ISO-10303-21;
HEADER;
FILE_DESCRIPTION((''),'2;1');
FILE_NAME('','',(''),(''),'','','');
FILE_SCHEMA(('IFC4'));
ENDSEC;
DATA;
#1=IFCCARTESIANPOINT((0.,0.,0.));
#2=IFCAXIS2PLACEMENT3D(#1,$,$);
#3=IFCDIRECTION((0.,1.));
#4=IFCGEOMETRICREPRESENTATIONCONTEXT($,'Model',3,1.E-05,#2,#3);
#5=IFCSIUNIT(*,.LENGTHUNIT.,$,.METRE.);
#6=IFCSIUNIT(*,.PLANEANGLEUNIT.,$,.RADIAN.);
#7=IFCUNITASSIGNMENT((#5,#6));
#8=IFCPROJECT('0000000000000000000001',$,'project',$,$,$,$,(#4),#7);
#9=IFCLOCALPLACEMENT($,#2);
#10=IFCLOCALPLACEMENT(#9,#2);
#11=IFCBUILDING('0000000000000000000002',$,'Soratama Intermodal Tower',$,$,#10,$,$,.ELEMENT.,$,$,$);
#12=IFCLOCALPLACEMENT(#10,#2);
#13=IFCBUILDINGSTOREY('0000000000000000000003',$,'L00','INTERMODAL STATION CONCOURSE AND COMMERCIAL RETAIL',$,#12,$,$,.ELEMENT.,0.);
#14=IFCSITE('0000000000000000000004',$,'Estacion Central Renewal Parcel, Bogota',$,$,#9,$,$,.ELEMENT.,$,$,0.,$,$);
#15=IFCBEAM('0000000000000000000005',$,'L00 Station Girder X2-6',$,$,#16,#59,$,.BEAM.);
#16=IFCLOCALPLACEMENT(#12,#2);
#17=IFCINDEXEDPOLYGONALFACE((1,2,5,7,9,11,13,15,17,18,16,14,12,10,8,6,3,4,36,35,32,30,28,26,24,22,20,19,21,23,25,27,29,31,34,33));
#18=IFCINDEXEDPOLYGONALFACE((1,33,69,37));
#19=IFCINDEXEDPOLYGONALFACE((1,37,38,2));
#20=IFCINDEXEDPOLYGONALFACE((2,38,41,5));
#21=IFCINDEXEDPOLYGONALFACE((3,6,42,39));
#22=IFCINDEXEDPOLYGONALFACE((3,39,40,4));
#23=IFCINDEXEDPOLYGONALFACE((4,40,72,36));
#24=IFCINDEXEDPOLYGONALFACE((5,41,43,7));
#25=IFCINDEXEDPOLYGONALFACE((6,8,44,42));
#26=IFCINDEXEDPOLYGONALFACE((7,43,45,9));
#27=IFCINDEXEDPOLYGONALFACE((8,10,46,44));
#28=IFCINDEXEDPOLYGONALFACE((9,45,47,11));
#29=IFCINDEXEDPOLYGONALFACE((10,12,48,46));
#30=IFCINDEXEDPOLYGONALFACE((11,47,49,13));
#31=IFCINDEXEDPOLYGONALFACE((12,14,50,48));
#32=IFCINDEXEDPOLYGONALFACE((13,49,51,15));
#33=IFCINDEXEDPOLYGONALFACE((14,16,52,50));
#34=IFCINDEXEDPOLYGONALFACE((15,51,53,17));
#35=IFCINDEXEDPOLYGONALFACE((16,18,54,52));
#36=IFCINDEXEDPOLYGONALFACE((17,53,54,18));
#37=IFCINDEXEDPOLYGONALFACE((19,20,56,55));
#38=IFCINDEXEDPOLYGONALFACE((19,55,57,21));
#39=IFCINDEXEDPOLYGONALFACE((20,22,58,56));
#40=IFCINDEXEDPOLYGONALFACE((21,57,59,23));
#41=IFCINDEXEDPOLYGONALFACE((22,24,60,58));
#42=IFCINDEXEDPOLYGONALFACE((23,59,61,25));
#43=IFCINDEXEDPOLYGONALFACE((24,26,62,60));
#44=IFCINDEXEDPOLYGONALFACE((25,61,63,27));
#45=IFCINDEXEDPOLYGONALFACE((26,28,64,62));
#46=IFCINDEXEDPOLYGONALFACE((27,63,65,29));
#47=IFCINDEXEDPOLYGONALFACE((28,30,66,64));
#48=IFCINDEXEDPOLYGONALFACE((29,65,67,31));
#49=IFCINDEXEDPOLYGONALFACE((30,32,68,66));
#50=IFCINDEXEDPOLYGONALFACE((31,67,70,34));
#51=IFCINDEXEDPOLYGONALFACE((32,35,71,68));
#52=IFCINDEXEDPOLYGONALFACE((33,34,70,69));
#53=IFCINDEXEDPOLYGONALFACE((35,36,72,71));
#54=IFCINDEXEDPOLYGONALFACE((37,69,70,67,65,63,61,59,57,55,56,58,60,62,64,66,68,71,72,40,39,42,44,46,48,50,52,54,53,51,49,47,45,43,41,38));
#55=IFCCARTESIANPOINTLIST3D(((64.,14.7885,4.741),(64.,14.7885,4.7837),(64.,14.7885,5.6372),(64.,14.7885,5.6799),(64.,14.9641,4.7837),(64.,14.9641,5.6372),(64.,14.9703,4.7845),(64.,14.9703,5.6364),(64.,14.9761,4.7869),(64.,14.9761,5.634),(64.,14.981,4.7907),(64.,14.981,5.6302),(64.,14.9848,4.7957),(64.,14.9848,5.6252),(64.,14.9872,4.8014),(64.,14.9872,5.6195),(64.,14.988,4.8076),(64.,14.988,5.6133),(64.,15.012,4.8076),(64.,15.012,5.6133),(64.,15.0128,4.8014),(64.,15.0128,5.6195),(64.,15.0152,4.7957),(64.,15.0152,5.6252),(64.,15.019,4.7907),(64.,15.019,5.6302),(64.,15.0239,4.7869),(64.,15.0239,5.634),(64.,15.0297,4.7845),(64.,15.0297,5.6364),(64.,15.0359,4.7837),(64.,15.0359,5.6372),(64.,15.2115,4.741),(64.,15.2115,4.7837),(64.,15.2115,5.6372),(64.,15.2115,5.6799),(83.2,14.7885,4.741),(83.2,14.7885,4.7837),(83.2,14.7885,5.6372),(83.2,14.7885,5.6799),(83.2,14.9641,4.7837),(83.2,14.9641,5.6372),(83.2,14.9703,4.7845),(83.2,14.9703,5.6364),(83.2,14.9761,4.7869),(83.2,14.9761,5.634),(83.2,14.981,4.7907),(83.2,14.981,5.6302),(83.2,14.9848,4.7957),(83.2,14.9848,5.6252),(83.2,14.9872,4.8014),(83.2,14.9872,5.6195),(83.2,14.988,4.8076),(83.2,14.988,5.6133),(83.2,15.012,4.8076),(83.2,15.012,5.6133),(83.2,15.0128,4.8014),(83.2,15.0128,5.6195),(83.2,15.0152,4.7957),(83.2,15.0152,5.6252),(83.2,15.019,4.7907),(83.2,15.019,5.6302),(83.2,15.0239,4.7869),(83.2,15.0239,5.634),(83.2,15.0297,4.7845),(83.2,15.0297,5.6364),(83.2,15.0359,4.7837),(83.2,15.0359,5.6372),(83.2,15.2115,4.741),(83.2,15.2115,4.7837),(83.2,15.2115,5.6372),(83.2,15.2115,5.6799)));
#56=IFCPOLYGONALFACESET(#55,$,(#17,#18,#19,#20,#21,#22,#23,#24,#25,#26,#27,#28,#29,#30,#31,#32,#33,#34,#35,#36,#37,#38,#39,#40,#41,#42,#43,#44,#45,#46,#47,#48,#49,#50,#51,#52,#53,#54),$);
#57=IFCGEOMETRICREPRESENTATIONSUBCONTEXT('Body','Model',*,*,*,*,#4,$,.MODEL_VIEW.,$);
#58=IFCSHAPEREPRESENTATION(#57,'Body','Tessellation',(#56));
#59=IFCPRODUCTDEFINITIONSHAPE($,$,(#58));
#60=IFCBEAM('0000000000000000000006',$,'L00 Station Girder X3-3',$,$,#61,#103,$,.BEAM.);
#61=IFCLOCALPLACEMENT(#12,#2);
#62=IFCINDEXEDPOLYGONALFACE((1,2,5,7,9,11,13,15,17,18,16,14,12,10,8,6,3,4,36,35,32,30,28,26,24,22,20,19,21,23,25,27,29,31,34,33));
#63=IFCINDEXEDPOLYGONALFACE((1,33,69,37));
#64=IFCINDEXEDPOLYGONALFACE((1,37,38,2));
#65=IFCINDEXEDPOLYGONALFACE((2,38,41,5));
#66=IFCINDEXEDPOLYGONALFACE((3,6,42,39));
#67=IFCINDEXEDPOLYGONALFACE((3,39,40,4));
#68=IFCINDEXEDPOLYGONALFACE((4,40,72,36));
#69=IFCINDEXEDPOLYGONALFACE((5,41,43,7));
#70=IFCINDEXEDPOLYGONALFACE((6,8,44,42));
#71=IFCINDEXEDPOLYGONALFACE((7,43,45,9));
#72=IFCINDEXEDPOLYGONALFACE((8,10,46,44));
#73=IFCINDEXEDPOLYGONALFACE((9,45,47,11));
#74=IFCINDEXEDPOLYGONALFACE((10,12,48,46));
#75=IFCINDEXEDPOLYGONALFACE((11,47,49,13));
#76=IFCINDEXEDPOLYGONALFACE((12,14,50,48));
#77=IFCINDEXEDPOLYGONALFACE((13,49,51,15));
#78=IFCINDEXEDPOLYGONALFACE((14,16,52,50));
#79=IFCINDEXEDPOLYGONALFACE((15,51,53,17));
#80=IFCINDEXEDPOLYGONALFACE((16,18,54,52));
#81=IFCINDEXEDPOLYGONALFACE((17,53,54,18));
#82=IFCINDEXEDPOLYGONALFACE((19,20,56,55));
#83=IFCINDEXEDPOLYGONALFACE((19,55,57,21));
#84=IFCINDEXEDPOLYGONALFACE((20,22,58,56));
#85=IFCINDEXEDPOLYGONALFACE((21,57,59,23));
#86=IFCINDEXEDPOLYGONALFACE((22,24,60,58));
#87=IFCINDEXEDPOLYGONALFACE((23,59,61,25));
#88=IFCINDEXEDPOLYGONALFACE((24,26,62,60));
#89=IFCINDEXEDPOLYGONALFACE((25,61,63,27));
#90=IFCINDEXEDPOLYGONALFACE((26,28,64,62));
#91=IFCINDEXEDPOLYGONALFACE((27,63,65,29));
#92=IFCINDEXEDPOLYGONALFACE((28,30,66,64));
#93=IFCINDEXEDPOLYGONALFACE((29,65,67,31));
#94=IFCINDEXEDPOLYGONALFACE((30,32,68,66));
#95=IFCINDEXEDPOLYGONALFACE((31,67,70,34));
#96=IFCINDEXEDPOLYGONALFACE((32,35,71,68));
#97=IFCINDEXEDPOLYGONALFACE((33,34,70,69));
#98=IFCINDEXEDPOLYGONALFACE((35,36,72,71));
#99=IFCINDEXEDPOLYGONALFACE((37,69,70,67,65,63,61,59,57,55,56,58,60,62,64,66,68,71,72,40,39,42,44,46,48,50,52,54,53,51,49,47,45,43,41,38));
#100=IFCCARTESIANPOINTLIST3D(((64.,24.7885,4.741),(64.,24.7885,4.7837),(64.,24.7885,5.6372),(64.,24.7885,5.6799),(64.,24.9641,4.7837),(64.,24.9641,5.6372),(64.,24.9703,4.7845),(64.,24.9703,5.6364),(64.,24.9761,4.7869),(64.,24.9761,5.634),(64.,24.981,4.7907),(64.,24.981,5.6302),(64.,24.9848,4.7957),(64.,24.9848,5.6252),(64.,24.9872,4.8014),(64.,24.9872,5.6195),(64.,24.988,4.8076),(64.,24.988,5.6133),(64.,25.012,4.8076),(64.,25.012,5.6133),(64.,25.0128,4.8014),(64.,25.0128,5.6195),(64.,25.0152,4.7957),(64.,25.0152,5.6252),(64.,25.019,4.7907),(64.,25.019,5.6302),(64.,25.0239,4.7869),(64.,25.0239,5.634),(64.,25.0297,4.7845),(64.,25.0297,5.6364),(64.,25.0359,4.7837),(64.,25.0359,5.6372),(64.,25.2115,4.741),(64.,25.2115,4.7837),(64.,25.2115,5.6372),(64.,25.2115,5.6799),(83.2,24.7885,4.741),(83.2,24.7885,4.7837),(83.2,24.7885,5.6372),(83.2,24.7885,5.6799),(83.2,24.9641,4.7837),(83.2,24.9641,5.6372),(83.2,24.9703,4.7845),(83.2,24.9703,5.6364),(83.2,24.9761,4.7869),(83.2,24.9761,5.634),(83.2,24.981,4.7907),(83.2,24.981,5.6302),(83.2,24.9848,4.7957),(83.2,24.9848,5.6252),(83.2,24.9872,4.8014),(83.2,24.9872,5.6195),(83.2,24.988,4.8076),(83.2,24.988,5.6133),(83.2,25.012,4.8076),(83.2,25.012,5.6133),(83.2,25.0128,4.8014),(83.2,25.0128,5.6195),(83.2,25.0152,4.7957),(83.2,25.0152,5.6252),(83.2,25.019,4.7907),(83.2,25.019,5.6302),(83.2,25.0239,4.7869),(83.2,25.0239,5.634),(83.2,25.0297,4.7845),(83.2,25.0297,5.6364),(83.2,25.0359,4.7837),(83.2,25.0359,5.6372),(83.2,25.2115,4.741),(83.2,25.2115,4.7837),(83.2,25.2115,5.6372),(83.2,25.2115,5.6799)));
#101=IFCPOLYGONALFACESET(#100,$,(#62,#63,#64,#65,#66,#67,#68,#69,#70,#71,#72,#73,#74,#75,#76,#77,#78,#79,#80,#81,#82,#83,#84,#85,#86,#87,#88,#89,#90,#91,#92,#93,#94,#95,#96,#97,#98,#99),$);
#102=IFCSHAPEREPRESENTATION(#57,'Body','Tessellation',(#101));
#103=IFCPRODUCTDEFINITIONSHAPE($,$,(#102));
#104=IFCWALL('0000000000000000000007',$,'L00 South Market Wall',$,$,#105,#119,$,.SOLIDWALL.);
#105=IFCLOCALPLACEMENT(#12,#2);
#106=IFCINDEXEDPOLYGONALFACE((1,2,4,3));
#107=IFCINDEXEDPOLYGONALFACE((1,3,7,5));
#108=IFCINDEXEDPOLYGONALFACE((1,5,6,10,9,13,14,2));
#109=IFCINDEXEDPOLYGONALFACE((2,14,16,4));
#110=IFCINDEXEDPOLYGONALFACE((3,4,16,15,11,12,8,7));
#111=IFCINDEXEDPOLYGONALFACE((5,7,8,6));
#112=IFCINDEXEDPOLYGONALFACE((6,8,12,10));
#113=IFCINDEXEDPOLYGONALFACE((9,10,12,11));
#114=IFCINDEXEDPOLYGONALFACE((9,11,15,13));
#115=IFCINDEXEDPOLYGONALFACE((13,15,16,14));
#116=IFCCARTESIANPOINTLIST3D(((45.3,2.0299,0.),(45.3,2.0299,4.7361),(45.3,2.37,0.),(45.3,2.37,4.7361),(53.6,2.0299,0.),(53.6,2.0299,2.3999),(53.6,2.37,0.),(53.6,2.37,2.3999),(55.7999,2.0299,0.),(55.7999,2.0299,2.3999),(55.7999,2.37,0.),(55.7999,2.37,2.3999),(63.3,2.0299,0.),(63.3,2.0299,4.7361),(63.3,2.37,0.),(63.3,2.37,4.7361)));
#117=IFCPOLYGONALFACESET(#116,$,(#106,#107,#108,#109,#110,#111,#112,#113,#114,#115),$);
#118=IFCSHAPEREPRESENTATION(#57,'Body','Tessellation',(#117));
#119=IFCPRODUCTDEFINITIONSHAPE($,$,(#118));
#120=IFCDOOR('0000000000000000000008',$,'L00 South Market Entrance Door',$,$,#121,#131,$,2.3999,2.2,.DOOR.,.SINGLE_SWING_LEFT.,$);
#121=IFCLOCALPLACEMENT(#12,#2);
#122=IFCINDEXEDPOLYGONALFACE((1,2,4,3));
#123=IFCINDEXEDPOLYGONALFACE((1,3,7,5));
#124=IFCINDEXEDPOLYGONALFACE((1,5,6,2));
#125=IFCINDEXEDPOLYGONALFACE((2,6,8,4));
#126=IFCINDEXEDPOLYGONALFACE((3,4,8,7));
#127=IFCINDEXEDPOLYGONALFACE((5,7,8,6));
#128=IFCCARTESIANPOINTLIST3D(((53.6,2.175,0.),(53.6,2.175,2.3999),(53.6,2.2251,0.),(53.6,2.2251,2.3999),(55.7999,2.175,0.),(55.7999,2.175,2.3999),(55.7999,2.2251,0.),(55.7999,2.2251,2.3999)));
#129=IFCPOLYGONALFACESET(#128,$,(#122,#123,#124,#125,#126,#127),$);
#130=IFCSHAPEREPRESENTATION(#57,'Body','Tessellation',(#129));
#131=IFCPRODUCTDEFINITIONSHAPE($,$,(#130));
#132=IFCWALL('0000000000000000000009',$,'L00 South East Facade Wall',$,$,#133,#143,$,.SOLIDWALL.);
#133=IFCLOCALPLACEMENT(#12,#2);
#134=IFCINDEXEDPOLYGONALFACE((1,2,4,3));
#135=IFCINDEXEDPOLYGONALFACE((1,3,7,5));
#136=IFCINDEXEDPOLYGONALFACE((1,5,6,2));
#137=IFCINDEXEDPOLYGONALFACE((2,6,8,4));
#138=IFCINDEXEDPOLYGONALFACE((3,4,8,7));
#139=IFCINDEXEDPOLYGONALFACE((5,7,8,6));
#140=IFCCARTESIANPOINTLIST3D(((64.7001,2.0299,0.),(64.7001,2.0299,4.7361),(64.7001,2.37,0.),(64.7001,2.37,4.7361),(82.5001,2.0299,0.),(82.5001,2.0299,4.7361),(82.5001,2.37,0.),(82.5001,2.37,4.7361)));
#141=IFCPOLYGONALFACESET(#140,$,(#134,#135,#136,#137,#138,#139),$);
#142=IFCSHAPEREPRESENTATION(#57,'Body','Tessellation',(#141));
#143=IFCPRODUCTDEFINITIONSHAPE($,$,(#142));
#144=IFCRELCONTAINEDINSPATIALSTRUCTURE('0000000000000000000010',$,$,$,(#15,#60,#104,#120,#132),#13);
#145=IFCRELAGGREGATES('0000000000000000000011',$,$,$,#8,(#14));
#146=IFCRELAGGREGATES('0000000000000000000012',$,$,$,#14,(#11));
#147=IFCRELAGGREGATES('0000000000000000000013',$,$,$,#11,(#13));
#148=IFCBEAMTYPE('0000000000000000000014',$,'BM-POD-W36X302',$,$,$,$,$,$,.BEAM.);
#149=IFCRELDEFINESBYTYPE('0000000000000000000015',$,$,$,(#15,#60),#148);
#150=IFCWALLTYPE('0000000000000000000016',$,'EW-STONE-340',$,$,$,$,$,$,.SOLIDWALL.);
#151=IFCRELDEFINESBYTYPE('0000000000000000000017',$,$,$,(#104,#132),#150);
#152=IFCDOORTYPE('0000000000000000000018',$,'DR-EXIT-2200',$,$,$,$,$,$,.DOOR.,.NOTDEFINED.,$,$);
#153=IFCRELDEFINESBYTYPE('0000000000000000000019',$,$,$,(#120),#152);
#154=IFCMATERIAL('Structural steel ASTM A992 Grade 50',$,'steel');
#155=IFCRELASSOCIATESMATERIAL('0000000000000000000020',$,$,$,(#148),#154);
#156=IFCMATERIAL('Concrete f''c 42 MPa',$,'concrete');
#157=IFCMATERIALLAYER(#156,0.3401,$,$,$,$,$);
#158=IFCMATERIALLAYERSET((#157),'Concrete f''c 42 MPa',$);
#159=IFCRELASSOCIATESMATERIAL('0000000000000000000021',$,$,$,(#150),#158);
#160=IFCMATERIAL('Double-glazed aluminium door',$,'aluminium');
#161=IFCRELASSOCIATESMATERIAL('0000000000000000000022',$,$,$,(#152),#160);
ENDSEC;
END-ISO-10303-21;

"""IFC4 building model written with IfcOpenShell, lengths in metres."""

from ifc_helpers import new_model, si_unit, direction, frame, frame_2d, origin, origin_2d, place, context, subcontext, project, spatial, rectangle, i_section, extrude, material, layer, layer_set, material_profile, profile_set, type_object, element, fill, save


model = new_model("IFC4")

# Units and contexts
model_context = context("Model", 3, precision=1e-05, world=origin(), true_north=direction((0.0, 1.0)))
body_context = subcontext(model_context, "Body", "Model", "MODEL_VIEW")
ifc_project = project(units=[si_unit("LENGTHUNIT", "METRE"), si_unit("PLANEANGLEUNIT", "RADIAN")], contexts=[model_context])

# Site, building, storey
site_placement = place(None, origin())
site = spatial("IfcSite", under=ifc_project, at=site_placement, Name="Estacion Central Renewal Parcel, Bogota", CompositionType="ELEMENT", RefElevation=0.0)
building_placement = place(site_placement, origin())
building = spatial("IfcBuilding", under=site, at=building_placement, Name="Soratama Intermodal Tower", CompositionType="ELEMENT")
storey_placement = place(building_placement, origin())
storey = spatial("IfcBuildingStorey", under=building, at=storey_placement, Name="L00", Description="INTERMODAL STATION CONCOURSE AND COMMERCIAL RETAIL", CompositionType="ELEMENT", Elevation=0.0)

# Beams
ifc_material_1 = material(Name="Structural steel ASTM A992 Grade 50", Category="steel")
ifc_material_profile_1 = material_profile(ifc_material_1, i_section(OverallWidth=0.4231, OverallDepth=0.939, WebThickness=0.0239, FlangeThickness=0.0427, FilletRadius=0.0239, at=origin_2d()), Name="W36X302")
ifc_profile_set_1 = profile_set([ifc_material_profile_1], Name="Structural steel ASTM A992 Grade 50")
beam_type_1 = type_object("IfcBeamType", Name="BM-POD-W36X302", PredefinedType="BEAM", material=ifc_profile_set_1)
for number, where, z_axis, x_axis, name in (
    (1, (64.0, 15.0, 5.2104), (1.0, 0.0, 0.0), (0.0, 1.0, 0.0), "L00 Station Girder X2-6"),
    (2, (64.0, 25.0, 5.2104), (1.0, 0.0, 0.0), (0.0, 1.0, 0.0), "L00 Station Girder X3-3"),
):
    element("IfcBeam", number, at=place(storey_placement, frame(where, z_axis=z_axis, x_axis=x_axis)), inside=storey, type_object=beam_type_1, Name=name, PredefinedType="BEAM", context=body_context, shape_type="SweptSolid", body=[
        extrude(i_section(OverallWidth=0.4231, OverallDepth=0.939, WebThickness=0.0239, FlangeThickness=0.0427, FilletRadius=0.0239, at=origin_2d()), origin(), (0.0, 0.0, 1.0), 19.2),
    ])

# Wall, opening, door
ifc_material_2 = material(Name="Concrete f'c 42 MPa", Category="concrete")
ifc_layer = layer(ifc_material_2, 0.3401)
ifc_layer_set = layer_set([ifc_layer], Name="Concrete f'c 42 MPa")
wall_type = type_object("IfcWallType", Name="EW-STONE-340", PredefinedType="SOLIDWALL", material=ifc_layer_set)
wall_1_placement = place(storey_placement, frame((63.3, 2.2, 0.0), z_axis=(0.0, 0.0, 1.0), x_axis=(-1.0, 0.0, 0.0)))
wall_1 = element("IfcWall", 3, at=wall_1_placement, inside=storey, type_object=wall_type, Name="L00 South Market Wall", PredefinedType="SOLIDWALL", context=body_context, shape_type="SweptSolid", body=[
    extrude(rectangle(XDim=18.0, YDim=0.3401, at=frame_2d((9.0, 0.0))), origin(), (0.0, 0.0, 1.0), 4.7361),
])
opening_1_placement = place(wall_1_placement, frame((7.5, 0.0, 0.0)))
opening_1 = element("IfcOpeningElement", 4, at=opening_1_placement, cuts=wall_1, PredefinedType="OPENING", context=body_context, shape_type="SweptSolid", body=[
    extrude(rectangle(XDim=2.2, YDim=2.3999, at=frame_2d((1.1001, 1.2))), frame((0.0, 0.1799, 0.0), z_axis=(0.0, -1.0, 0.0), x_axis=(1.0, 0.0, 0.0)), (0.0, 0.0, 1.0), 0.3601),
])
ifc_material_3 = material(Name="Double-glazed aluminium door", Category="aluminium")
door_type = type_object("IfcDoorType", Name="DR-EXIT-2200", OperationType="NOTDEFINED", PredefinedType="DOOR", material=ifc_material_3)
door_1_placement = place(opening_1_placement, origin())
door_1 = element("IfcDoor", 5, at=door_1_placement, inside=storey, type_object=door_type, Name="L00 South Market Entrance Door", OperationType="SINGLE_SWING_LEFT", OverallHeight=2.3999, OverallWidth=2.2, PredefinedType="DOOR", context=body_context, shape_type="SweptSolid", body=[
    extrude(rectangle(XDim=2.2, YDim=2.3999, at=frame_2d((1.1001, 1.2))), frame((0.0, 0.0249, 0.0), z_axis=(0.0, -1.0, 0.0), x_axis=(1.0, 0.0, 0.0)), (0.0, 0.0, 1.0), 0.05),
])
fill(opening_1, door_1)

# Wall
wall_2_placement = place(storey_placement, frame((82.5, 2.2, 0.0), z_axis=(0.0, 0.0, 1.0), x_axis=(-1.0, 0.0, 0.0)))
element("IfcWall", 6, at=wall_2_placement, inside=storey, type_object=wall_type, Name="L00 South East Facade Wall", PredefinedType="SOLIDWALL", context=body_context, shape_type="SweptSolid", body=[
    extrude(rectangle(XDim=17.8, YDim=0.3401, at=frame_2d((8.8999, 0.0))), origin(), (0.0, 0.0, 1.0), 4.7361),
])

save(model, "model.ifc")
